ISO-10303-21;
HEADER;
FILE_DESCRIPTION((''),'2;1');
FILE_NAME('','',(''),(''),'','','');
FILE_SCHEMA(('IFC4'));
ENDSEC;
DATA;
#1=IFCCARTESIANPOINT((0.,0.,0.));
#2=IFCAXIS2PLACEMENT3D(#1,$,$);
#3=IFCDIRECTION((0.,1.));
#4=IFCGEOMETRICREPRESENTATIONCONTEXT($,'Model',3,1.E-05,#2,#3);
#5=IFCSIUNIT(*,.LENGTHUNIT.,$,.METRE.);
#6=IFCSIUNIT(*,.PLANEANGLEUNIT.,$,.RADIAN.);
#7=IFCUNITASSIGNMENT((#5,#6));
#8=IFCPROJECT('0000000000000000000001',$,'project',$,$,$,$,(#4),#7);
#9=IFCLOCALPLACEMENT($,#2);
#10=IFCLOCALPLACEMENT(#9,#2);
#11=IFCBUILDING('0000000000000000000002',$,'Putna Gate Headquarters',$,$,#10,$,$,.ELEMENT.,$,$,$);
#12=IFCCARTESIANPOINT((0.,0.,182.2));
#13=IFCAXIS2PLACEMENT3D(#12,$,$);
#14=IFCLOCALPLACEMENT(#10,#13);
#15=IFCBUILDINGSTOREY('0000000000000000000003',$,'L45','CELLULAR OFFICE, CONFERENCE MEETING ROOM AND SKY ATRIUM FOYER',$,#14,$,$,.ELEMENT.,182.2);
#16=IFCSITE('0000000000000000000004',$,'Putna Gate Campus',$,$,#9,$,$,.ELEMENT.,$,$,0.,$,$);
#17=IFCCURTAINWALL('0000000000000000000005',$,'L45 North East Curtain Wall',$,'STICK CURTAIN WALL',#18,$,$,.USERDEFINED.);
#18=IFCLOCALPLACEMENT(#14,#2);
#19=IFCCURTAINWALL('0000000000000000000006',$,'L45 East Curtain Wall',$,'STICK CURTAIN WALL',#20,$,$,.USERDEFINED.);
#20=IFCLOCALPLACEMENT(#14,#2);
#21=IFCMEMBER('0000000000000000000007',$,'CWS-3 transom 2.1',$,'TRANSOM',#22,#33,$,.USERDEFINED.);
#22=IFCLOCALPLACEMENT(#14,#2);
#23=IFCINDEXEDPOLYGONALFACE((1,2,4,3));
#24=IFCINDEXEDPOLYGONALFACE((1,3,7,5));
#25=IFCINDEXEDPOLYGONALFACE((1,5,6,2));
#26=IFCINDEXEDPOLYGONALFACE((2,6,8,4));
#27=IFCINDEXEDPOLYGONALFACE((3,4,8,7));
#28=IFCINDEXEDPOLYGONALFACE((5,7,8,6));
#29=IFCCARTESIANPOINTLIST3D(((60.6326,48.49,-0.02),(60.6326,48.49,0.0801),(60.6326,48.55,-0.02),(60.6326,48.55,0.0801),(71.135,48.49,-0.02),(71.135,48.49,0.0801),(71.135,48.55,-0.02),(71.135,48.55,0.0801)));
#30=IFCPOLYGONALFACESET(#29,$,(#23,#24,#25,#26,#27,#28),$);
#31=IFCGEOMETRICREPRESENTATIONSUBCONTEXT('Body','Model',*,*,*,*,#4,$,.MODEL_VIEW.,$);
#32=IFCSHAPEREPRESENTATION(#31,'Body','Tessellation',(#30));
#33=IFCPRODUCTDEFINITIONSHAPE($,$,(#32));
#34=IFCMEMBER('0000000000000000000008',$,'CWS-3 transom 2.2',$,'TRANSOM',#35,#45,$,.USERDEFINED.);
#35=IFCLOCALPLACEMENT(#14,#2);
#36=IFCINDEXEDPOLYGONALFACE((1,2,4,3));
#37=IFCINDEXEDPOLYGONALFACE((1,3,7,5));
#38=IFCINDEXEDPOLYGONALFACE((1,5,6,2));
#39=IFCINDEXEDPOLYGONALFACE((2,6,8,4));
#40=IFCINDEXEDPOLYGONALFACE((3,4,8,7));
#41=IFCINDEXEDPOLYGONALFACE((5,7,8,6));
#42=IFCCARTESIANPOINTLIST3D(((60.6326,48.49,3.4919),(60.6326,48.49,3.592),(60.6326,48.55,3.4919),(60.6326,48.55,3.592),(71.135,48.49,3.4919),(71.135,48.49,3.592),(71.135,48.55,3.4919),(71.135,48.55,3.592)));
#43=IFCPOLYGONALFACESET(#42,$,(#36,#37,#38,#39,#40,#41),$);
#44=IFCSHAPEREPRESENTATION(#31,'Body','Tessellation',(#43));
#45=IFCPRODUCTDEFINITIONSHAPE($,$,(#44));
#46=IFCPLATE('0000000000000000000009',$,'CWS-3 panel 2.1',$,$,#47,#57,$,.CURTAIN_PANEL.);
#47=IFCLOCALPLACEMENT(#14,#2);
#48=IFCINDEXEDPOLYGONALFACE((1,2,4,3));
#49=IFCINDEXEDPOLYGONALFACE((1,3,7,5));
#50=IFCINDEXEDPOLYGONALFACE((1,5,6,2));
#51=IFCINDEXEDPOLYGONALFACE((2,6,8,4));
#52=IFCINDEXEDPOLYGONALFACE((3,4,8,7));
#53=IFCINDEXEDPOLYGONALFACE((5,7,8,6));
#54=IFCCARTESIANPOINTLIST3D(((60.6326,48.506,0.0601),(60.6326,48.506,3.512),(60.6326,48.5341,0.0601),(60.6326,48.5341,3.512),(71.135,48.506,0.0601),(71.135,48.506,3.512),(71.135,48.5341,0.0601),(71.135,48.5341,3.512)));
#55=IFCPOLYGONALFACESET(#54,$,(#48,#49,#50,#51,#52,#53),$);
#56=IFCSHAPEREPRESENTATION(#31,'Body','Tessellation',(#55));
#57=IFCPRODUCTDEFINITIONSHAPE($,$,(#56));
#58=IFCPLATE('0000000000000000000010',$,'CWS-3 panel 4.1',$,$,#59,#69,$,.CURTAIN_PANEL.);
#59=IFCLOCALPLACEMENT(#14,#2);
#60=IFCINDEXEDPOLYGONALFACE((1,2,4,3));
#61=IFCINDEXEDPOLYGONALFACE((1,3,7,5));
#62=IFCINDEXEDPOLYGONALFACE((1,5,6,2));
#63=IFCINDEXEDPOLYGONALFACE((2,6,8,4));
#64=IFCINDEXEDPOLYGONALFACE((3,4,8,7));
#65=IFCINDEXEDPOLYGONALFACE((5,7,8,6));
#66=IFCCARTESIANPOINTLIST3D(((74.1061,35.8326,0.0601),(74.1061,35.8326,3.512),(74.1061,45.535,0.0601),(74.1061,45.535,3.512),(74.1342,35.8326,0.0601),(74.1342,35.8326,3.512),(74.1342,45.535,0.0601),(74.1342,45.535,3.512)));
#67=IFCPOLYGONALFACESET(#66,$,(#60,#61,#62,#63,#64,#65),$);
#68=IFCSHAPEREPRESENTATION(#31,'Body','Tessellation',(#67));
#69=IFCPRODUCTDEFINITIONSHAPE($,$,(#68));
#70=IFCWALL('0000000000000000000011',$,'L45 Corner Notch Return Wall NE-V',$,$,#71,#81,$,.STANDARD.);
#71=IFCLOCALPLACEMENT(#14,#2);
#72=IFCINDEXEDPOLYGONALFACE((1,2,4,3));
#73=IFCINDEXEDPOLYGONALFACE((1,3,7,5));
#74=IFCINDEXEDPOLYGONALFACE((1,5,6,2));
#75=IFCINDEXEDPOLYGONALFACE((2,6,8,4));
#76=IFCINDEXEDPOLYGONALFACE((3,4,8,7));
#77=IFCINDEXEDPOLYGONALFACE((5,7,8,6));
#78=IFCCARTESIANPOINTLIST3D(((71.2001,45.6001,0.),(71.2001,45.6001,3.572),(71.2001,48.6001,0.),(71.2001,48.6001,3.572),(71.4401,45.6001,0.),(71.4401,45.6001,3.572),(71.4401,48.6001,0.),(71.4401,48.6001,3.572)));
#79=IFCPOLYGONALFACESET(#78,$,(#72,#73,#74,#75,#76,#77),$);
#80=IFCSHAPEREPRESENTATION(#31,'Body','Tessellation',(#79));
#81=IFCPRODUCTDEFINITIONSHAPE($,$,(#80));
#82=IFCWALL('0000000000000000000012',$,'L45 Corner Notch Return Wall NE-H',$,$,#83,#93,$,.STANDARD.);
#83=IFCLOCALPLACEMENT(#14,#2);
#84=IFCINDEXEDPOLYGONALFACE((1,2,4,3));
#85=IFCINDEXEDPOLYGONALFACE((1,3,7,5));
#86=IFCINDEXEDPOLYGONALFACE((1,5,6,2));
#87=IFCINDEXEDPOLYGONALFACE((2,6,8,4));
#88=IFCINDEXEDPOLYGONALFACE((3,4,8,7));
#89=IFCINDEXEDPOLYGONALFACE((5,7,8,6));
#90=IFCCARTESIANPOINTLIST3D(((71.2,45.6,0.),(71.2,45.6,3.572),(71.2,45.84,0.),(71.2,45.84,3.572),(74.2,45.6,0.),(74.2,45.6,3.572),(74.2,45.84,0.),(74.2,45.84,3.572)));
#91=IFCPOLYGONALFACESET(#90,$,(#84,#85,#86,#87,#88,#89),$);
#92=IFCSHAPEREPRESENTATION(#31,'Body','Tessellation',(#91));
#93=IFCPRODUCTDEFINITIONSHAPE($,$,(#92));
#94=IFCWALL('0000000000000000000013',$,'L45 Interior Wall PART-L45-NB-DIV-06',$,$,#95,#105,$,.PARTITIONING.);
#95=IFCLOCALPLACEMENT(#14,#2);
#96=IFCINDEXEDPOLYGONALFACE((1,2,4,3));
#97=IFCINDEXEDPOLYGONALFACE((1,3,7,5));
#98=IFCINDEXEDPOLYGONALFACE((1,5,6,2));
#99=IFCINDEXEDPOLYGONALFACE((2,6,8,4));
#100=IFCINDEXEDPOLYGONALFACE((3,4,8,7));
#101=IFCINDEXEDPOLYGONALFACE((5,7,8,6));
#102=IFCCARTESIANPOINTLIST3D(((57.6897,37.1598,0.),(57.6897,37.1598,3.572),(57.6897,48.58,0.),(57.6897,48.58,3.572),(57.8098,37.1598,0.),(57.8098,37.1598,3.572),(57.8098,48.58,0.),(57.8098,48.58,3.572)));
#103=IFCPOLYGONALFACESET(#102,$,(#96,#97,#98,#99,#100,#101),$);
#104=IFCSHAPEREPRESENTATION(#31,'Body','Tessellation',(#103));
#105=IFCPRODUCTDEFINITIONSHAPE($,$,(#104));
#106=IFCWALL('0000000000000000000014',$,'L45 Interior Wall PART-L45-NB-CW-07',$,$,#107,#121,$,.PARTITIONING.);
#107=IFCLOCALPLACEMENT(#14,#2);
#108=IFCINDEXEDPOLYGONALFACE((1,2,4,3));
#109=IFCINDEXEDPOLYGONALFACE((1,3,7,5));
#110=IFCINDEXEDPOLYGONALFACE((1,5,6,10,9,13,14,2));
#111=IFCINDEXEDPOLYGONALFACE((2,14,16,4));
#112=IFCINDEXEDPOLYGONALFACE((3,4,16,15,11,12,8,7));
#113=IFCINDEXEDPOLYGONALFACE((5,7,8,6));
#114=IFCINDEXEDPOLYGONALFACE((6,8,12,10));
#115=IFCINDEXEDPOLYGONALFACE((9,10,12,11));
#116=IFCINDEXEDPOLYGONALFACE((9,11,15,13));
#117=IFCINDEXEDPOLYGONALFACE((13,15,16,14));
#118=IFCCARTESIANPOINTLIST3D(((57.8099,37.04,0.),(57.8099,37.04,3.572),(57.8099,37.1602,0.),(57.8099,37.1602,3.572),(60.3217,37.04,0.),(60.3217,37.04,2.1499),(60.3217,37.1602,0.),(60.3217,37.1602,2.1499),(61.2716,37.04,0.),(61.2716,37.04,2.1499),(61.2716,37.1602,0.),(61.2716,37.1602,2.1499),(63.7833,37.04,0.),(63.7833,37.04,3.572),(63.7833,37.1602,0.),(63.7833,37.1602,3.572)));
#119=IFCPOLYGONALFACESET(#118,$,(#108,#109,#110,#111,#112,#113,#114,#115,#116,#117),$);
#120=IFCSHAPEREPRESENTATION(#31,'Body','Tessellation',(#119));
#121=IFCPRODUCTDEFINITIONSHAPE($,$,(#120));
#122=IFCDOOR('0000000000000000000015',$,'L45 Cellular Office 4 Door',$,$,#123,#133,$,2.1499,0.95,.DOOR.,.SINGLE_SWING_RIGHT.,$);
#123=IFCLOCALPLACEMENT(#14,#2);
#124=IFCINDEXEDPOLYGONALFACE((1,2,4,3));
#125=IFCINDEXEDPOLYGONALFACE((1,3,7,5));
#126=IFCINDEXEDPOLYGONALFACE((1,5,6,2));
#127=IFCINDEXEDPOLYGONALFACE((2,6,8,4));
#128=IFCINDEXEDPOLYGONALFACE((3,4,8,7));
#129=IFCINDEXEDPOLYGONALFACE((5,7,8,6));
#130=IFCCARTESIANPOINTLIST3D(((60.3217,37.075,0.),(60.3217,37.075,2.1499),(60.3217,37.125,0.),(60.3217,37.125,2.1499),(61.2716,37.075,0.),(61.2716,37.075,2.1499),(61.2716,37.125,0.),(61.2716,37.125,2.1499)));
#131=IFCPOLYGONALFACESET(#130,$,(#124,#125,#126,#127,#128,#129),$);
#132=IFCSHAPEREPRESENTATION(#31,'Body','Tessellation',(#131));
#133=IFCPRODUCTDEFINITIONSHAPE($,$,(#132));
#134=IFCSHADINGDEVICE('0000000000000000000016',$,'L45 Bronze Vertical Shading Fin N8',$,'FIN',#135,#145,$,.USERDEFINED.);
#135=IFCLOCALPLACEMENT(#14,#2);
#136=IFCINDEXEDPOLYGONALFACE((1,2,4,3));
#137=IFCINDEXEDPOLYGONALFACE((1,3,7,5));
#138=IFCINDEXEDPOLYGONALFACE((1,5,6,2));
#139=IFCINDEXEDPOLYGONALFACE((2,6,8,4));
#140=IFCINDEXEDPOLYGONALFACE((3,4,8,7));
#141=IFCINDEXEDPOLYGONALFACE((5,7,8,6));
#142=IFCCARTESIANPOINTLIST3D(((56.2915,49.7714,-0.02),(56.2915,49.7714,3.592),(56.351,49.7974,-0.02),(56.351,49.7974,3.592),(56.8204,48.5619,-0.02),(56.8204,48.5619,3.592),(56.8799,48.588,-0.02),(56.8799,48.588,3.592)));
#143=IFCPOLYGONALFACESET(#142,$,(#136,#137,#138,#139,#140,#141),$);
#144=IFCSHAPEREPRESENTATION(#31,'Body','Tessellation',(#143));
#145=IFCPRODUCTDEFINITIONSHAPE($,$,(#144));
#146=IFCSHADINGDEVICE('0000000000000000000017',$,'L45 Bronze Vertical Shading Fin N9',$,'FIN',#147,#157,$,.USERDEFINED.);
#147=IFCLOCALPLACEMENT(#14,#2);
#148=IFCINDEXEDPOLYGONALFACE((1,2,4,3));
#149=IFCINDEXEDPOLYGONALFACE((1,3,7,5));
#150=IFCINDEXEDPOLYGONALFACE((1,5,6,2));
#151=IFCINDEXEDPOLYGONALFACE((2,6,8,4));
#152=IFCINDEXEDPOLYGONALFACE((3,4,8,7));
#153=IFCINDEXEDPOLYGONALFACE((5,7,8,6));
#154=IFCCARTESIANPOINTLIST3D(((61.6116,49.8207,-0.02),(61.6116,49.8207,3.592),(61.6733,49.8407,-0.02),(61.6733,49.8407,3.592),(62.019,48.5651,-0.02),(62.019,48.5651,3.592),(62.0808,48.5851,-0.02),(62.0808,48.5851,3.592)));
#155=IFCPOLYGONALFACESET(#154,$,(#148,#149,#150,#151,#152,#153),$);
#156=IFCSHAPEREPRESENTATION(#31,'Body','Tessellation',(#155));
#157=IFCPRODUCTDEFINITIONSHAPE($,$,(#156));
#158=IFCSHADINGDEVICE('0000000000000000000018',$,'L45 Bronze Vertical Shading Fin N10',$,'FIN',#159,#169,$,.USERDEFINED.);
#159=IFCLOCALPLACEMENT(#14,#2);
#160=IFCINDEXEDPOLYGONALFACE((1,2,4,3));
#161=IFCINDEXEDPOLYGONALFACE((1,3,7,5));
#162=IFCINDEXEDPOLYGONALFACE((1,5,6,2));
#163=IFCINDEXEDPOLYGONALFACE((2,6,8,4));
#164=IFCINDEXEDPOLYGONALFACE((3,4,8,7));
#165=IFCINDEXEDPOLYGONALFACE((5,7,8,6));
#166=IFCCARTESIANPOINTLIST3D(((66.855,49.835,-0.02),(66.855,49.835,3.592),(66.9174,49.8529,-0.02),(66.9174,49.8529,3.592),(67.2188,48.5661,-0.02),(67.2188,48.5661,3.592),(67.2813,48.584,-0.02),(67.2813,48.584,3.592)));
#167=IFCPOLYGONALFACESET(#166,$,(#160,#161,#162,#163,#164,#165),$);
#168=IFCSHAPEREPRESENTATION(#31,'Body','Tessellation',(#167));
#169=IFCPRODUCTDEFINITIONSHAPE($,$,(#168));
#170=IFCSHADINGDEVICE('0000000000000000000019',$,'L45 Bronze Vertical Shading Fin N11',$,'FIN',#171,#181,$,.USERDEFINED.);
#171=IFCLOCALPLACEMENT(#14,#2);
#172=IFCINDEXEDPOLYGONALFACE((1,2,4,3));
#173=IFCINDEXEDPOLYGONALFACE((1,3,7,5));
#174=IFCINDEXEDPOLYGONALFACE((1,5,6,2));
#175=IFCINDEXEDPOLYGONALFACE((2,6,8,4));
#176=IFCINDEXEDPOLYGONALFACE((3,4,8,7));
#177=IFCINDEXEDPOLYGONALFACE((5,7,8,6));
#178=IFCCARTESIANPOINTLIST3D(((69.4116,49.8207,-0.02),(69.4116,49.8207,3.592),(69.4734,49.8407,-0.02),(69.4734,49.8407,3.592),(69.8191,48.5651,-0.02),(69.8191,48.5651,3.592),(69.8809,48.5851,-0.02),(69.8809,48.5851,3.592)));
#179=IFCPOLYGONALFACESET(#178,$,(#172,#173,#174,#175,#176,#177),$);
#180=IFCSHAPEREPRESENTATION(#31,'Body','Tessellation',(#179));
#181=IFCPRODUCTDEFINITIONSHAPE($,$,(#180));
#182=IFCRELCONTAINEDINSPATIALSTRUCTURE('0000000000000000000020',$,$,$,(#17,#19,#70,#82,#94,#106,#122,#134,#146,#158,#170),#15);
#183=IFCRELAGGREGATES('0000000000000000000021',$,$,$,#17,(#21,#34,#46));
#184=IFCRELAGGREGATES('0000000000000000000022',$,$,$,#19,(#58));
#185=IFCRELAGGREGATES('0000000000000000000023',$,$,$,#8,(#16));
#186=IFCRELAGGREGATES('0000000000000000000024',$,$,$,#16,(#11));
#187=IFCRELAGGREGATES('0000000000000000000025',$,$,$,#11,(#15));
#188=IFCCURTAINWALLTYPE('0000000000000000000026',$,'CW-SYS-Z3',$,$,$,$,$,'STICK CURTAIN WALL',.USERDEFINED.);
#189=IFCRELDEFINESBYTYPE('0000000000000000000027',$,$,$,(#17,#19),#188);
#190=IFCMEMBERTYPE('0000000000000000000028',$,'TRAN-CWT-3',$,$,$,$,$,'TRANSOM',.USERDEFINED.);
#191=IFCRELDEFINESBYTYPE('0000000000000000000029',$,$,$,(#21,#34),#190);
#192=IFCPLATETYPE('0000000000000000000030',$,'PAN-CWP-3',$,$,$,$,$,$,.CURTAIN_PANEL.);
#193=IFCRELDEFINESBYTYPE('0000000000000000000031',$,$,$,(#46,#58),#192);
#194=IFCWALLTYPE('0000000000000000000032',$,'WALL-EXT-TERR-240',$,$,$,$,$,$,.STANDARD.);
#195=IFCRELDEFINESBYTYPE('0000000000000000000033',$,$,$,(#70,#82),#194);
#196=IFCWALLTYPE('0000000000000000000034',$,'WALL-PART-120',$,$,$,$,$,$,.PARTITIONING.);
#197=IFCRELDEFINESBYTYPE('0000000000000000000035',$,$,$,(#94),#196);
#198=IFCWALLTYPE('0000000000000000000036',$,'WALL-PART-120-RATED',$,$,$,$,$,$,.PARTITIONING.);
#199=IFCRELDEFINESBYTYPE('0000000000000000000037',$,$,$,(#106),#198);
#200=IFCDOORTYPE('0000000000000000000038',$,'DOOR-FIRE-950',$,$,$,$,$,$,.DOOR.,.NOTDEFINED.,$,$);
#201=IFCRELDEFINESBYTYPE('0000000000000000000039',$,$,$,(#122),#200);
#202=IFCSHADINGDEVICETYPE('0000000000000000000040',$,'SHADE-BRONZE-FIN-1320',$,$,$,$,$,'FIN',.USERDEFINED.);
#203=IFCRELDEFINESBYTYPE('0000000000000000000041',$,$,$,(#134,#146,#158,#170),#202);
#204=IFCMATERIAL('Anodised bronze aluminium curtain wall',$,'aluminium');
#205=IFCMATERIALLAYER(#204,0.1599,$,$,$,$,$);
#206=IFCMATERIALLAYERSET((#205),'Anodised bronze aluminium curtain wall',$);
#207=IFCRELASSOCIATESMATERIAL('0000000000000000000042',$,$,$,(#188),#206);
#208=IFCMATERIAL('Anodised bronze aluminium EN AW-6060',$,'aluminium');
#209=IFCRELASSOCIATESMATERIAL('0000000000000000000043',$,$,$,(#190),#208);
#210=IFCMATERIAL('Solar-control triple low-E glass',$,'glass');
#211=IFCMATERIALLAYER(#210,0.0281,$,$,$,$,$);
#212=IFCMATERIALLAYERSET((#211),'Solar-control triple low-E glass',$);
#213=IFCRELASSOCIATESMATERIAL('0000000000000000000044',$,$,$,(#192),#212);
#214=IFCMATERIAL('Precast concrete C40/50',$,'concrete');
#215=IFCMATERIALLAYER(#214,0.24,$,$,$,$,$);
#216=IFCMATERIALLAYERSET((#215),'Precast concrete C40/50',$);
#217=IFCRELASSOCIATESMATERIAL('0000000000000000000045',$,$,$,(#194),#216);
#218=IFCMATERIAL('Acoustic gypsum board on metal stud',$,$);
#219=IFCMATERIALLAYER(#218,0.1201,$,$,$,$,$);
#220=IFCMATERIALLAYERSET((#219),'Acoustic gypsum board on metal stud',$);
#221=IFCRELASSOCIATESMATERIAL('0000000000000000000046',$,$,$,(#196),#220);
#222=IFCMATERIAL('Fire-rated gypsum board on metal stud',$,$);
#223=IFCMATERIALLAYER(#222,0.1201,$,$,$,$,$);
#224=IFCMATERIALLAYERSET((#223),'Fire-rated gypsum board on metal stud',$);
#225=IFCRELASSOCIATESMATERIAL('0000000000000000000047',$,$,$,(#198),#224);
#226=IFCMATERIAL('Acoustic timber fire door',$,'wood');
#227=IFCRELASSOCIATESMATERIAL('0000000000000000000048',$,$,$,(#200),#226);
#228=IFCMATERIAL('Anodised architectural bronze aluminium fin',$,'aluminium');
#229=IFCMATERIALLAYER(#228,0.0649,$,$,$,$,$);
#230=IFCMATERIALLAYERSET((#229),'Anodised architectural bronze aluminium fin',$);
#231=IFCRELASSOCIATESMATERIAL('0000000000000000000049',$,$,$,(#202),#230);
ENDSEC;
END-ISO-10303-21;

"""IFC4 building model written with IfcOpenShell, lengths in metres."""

from ifc_helpers import new_model, si_unit, direction, frame, frame_2d, origin, origin_2d, place, context, subcontext, project, spatial, rectangle, extrude, material, layer, layer_set, material_profile, profile_set, type_object, element, fill, aggregate, save


model = new_model("IFC4")

# Units and contexts
model_context = context("Model", 3, precision=1e-05, world=origin(), true_north=direction((0.0, 1.0)))
body_context = subcontext(model_context, "Body", "Model", "MODEL_VIEW")
ifc_project = project(units=[si_unit("LENGTHUNIT", "METRE"), si_unit("PLANEANGLEUNIT", "RADIAN")], contexts=[model_context])

# Site, building, storey
site_placement = place(None, origin())
site = spatial("IfcSite", under=ifc_project, at=site_placement, Name="Putna Gate Campus", CompositionType="ELEMENT", RefElevation=0.0)
building_placement = place(site_placement, origin())
building = spatial("IfcBuilding", under=site, at=building_placement, Name="Putna Gate Headquarters", CompositionType="ELEMENT")
storey_placement = place(building_placement, frame((0.0, 0.0, 182.2)))
storey = spatial("IfcBuildingStorey", under=building, at=storey_placement, Name="L45", Description="CELLULAR OFFICE, CONFERENCE MEETING ROOM AND SKY ATRIUM FOYER", CompositionType="ELEMENT", Elevation=182.2)

# Curtain wall
ifc_material_1 = material(Name="Anodised bronze aluminium curtain wall", Category="aluminium")
ifc_layer_1 = layer(ifc_material_1, 0.1599)
ifc_layer_set_1 = layer_set([ifc_layer_1], Name="Anodised bronze aluminium curtain wall")
curtain_wall_type = type_object("IfcCurtainWallType", Name="CW-SYS-Z3", ElementType="STICK CURTAIN WALL", PredefinedType="USERDEFINED", material=ifc_layer_set_1)
curtain_wall_1_placement = place(storey_placement, origin())
curtain_wall_1 = element("IfcCurtainWall", 1, at=curtain_wall_1_placement, inside=storey, type_object=curtain_wall_type, Name="L45 North East Curtain Wall", ObjectType="STICK CURTAIN WALL", PredefinedType="USERDEFINED")
ifc_material_2 = material(Name="Anodised bronze aluminium EN AW-6060", Category="aluminium")

# Curtain wall
curtain_wall_2_placement = place(storey_placement, origin())
curtain_wall_2 = element("IfcCurtainWall", 2, at=curtain_wall_2_placement, inside=storey, type_object=curtain_wall_type, Name="L45 East Curtain Wall", ObjectType="STICK CURTAIN WALL", PredefinedType="USERDEFINED")

# Members
ifc_material_profile_1 = material_profile(ifc_material_2, rectangle(XDim=0.0601, YDim=0.1001, at=origin_2d()), Name="Anodised bronze aluminium EN AW-6060")
ifc_profile_set_1 = profile_set([ifc_material_profile_1], Name="Anodised bronze aluminium EN AW-6060")
member_type_1 = type_object("IfcMemberType", Name="TRAN-CWT-3", ElementType="TRANSOM", PredefinedType="USERDEFINED", material=ifc_profile_set_1)
member_1_placement = place(storey_placement, frame((60.6326, 48.52, 0.03), z_axis=(1.0, 0.0, 0.0), x_axis=(0.0, 1.0, 0.0)))
member_1 = element("IfcMember", 3, at=member_1_placement, type_object=member_type_1, Name="CWS-3 transom 2.1", ObjectType="TRANSOM", PredefinedType="USERDEFINED", context=body_context, shape_type="SweptSolid", body=[
    extrude(rectangle(XDim=0.0601, YDim=0.1001, at=origin_2d()), origin(), (0.0, 0.0, 1.0), 10.5024),
])
member_2_placement = place(storey_placement, frame((60.6326, 48.52, 3.542), z_axis=(1.0, 0.0, 0.0), x_axis=(0.0, 1.0, 0.0)))
member_2 = element("IfcMember", 4, at=member_2_placement, type_object=member_type_1, Name="CWS-3 transom 2.2", ObjectType="TRANSOM", PredefinedType="USERDEFINED", context=body_context, shape_type="SweptSolid", body=[
    extrude(rectangle(XDim=0.0601, YDim=0.1001, at=origin_2d()), origin(), (0.0, 0.0, 1.0), 10.5024),
])

# Plates
ifc_material_3 = material(Name="Solar-control triple low-E glass", Category="glass")
ifc_layer_2 = layer(ifc_material_3, 0.0281)
ifc_layer_set_2 = layer_set([ifc_layer_2], Name="Solar-control triple low-E glass")
plate_type = type_object("IfcPlateType", Name="PAN-CWP-3", PredefinedType="CURTAIN_PANEL", material=ifc_layer_set_2)
plate_1_placement = place(storey_placement, frame((65.8838, 48.52, 0.0601), z_axis=(0.0, 0.0, 1.0), x_axis=(1.0, 0.0, 0.0)))
plate_1 = element("IfcPlate", 5, at=plate_1_placement, type_object=plate_type, Name="CWS-3 panel 2.1", PredefinedType="CURTAIN_PANEL", context=body_context, shape_type="SweptSolid", body=[
    extrude(rectangle(XDim=10.5024, YDim=0.0281, at=origin_2d()), origin(), (0.0, 0.0, 1.0), 3.4519),
])
aggregate(curtain_wall_1, [member_1, member_2, plate_1])
plate_2_placement = place(storey_placement, frame((74.1201, 40.6838, 0.0601), z_axis=(0.0, 0.0, 1.0), x_axis=(0.0, 1.0, 0.0)))
plate_2 = element("IfcPlate", 6, at=plate_2_placement, type_object=plate_type, Name="CWS-3 panel 4.1", PredefinedType="CURTAIN_PANEL", context=body_context, shape_type="SweptSolid", body=[
    extrude(rectangle(XDim=9.7024, YDim=0.0281, at=origin_2d()), origin(), (0.0, 0.0, 1.0), 3.4519),
])
aggregate(curtain_wall_2, [plate_2])

# Walls
ifc_material_4 = material(Name="Precast concrete C40/50", Category="concrete")
ifc_layer_3 = layer(ifc_material_4, 0.24)
ifc_layer_set_3 = layer_set([ifc_layer_3], Name="Precast concrete C40/50")
wall_type_1 = type_object("IfcWallType", Name="WALL-EXT-TERR-240", PredefinedType="STANDARD", material=ifc_layer_set_3)
for number, where, z_axis, x_axis, name in (
    (7, (71.3201, 48.6001, 0.0), (0.0, 0.0, 1.0), (0.0, -1.0, 0.0), "L45 Corner Notch Return Wall NE-V"),
    (8, (71.2, 45.72, 0.0), (0.0, 0.0, 1.0), (1.0, 0.0, 0.0), "L45 Corner Notch Return Wall NE-H"),
):
    element("IfcWall", number, at=place(storey_placement, frame(where, z_axis=z_axis, x_axis=x_axis)), inside=storey, type_object=wall_type_1, Name=name, PredefinedType="STANDARD", context=body_context, shape_type="SweptSolid", body=[
        extrude(rectangle(XDim=3.0, YDim=0.24, at=frame_2d((1.5, 0.0))), origin(), (0.0, 0.0, 1.0), 3.572),
    ])
ifc_material_5 = material(Name="Acoustic gypsum board on metal stud")
ifc_layer_4 = layer(ifc_material_5, 0.1201)
ifc_layer_set_4 = layer_set([ifc_layer_4], Name="Acoustic gypsum board on metal stud")
wall_type_2 = type_object("IfcWallType", Name="WALL-PART-120", PredefinedType="PARTITIONING", material=ifc_layer_set_4)
wall_1_placement = place(storey_placement, frame((57.7498, 37.1599, 0.0), z_axis=(0.0, 0.0, 1.0), x_axis=(0.0, 1.0, 0.0)))
element("IfcWall", 9, at=wall_1_placement, inside=storey, type_object=wall_type_2, Name="L45 Interior Wall PART-L45-NB-DIV-06", PredefinedType="PARTITIONING", context=body_context, shape_type="SweptSolid", body=[
    extrude(rectangle(XDim=11.4202, YDim=0.1201, at=frame_2d((5.71, 0.0))), origin(), (0.0, 0.0, 1.0), 3.572),
])

# Wall, opening, door
ifc_material_6 = material(Name="Fire-rated gypsum board on metal stud")
ifc_layer_5 = layer(ifc_material_6, 0.1201)
ifc_layer_set_5 = layer_set([ifc_layer_5], Name="Fire-rated gypsum board on metal stud")
wall_type_3 = type_object("IfcWallType", Name="WALL-PART-120-RATED", PredefinedType="PARTITIONING", material=ifc_layer_set_5)
wall_2_placement = place(storey_placement, frame((57.8098, 37.1001, 0.0), z_axis=(0.0, 0.0, 1.0), x_axis=(1.0, 0.0, 0.0)))
wall_2 = element("IfcWall", 10, at=wall_2_placement, inside=storey, type_object=wall_type_3, Name="L45 Interior Wall PART-L45-NB-CW-07", PredefinedType="PARTITIONING", context=body_context, shape_type="SweptSolid", body=[
    extrude(rectangle(XDim=5.9734, YDim=0.1201, at=frame_2d((2.9868, 0.0))), origin(), (0.0, 0.0, 1.0), 3.572),
])
opening_placement = place(wall_2_placement, frame((2.5117, 0.0, 0.0)))
opening = element("IfcOpeningElement", 11, at=opening_placement, cuts=wall_2, PredefinedType="OPENING", context=body_context, shape_type="SweptSolid", body=[
    extrude(rectangle(XDim=0.95, YDim=2.1499, at=frame_2d((0.4751, 1.075))), frame((0.0, 0.0701, 0.0), z_axis=(0.0, -1.0, 0.0), x_axis=(1.0, 0.0, 0.0)), (0.0, 0.0, 1.0), 0.1401),
])
ifc_material_7 = material(Name="Acoustic timber fire door", Category="wood")
door_type = type_object("IfcDoorType", Name="DOOR-FIRE-950", OperationType="NOTDEFINED", PredefinedType="DOOR", material=ifc_material_7)
door_placement = place(opening_placement, origin())
door = element("IfcDoor", 12, at=door_placement, inside=storey, type_object=door_type, Name="L45 Cellular Office 4 Door", OperationType="SINGLE_SWING_RIGHT", OverallHeight=2.1499, OverallWidth=0.95, PredefinedType="DOOR", context=body_context, shape_type="SweptSolid", body=[
    extrude(rectangle(XDim=0.95, YDim=2.1499, at=frame_2d((0.4751, 1.075))), frame((0.0, 0.0249, 0.0), z_axis=(0.0, -1.0, 0.0), x_axis=(1.0, 0.0, 0.0)), (0.0, 0.0, 1.0), 0.05),
])
fill(opening, door)

# Shading devices
ifc_material_8 = material(Name="Anodised architectural bronze aluminium fin", Category="aluminium")
ifc_layer_6 = layer(ifc_material_8, 0.0649)
ifc_layer_set_6 = layer_set([ifc_layer_6], Name="Anodised architectural bronze aluminium fin")
shading_device_type = type_object("IfcShadingDeviceType", Name="SHADE-BRONZE-FIN-1320", ElementType="FIN", PredefinedType="USERDEFINED", material=ifc_layer_set_6)
for number, where, z_axis, x_axis, name in (
    (13, (56.5857, 49.1797, -0.02), (0.0, 0.0, 1.0), (-0.400669, 0.916223, 0.0), "L45 Bronze Vertical Shading Fin N8"),
    (14, (61.8462, 49.2029, -0.02), (0.0, 0.0, 1.0), (-0.308685, 0.951164, 0.0), "L45 Bronze Vertical Shading Fin N9"),
    (15, (67.0681, 49.2095, -0.02), (0.0, 0.0, 1.0), (-0.275637, 0.961262, 0.0), "L45 Bronze Vertical Shading Fin N10"),
    (16, (69.6462, 49.2029, -0.02), (0.0, 0.0, 1.0), (-0.308685, 0.951164, 0.0), "L45 Bronze Vertical Shading Fin N11"),
):
    element("IfcShadingDevice", number, at=place(storey_placement, frame(where, z_axis=z_axis, x_axis=x_axis)), inside=storey, type_object=shading_device_type, Name=name, ObjectType="FIN", PredefinedType="USERDEFINED", context=body_context, shape_type="SweptSolid", body=[
        extrude(rectangle(XDim=1.3201, YDim=0.0649, at=origin_2d()), origin(), (0.0, 0.0, 1.0), 3.6121),
    ])

save(model, "model.ifc")
